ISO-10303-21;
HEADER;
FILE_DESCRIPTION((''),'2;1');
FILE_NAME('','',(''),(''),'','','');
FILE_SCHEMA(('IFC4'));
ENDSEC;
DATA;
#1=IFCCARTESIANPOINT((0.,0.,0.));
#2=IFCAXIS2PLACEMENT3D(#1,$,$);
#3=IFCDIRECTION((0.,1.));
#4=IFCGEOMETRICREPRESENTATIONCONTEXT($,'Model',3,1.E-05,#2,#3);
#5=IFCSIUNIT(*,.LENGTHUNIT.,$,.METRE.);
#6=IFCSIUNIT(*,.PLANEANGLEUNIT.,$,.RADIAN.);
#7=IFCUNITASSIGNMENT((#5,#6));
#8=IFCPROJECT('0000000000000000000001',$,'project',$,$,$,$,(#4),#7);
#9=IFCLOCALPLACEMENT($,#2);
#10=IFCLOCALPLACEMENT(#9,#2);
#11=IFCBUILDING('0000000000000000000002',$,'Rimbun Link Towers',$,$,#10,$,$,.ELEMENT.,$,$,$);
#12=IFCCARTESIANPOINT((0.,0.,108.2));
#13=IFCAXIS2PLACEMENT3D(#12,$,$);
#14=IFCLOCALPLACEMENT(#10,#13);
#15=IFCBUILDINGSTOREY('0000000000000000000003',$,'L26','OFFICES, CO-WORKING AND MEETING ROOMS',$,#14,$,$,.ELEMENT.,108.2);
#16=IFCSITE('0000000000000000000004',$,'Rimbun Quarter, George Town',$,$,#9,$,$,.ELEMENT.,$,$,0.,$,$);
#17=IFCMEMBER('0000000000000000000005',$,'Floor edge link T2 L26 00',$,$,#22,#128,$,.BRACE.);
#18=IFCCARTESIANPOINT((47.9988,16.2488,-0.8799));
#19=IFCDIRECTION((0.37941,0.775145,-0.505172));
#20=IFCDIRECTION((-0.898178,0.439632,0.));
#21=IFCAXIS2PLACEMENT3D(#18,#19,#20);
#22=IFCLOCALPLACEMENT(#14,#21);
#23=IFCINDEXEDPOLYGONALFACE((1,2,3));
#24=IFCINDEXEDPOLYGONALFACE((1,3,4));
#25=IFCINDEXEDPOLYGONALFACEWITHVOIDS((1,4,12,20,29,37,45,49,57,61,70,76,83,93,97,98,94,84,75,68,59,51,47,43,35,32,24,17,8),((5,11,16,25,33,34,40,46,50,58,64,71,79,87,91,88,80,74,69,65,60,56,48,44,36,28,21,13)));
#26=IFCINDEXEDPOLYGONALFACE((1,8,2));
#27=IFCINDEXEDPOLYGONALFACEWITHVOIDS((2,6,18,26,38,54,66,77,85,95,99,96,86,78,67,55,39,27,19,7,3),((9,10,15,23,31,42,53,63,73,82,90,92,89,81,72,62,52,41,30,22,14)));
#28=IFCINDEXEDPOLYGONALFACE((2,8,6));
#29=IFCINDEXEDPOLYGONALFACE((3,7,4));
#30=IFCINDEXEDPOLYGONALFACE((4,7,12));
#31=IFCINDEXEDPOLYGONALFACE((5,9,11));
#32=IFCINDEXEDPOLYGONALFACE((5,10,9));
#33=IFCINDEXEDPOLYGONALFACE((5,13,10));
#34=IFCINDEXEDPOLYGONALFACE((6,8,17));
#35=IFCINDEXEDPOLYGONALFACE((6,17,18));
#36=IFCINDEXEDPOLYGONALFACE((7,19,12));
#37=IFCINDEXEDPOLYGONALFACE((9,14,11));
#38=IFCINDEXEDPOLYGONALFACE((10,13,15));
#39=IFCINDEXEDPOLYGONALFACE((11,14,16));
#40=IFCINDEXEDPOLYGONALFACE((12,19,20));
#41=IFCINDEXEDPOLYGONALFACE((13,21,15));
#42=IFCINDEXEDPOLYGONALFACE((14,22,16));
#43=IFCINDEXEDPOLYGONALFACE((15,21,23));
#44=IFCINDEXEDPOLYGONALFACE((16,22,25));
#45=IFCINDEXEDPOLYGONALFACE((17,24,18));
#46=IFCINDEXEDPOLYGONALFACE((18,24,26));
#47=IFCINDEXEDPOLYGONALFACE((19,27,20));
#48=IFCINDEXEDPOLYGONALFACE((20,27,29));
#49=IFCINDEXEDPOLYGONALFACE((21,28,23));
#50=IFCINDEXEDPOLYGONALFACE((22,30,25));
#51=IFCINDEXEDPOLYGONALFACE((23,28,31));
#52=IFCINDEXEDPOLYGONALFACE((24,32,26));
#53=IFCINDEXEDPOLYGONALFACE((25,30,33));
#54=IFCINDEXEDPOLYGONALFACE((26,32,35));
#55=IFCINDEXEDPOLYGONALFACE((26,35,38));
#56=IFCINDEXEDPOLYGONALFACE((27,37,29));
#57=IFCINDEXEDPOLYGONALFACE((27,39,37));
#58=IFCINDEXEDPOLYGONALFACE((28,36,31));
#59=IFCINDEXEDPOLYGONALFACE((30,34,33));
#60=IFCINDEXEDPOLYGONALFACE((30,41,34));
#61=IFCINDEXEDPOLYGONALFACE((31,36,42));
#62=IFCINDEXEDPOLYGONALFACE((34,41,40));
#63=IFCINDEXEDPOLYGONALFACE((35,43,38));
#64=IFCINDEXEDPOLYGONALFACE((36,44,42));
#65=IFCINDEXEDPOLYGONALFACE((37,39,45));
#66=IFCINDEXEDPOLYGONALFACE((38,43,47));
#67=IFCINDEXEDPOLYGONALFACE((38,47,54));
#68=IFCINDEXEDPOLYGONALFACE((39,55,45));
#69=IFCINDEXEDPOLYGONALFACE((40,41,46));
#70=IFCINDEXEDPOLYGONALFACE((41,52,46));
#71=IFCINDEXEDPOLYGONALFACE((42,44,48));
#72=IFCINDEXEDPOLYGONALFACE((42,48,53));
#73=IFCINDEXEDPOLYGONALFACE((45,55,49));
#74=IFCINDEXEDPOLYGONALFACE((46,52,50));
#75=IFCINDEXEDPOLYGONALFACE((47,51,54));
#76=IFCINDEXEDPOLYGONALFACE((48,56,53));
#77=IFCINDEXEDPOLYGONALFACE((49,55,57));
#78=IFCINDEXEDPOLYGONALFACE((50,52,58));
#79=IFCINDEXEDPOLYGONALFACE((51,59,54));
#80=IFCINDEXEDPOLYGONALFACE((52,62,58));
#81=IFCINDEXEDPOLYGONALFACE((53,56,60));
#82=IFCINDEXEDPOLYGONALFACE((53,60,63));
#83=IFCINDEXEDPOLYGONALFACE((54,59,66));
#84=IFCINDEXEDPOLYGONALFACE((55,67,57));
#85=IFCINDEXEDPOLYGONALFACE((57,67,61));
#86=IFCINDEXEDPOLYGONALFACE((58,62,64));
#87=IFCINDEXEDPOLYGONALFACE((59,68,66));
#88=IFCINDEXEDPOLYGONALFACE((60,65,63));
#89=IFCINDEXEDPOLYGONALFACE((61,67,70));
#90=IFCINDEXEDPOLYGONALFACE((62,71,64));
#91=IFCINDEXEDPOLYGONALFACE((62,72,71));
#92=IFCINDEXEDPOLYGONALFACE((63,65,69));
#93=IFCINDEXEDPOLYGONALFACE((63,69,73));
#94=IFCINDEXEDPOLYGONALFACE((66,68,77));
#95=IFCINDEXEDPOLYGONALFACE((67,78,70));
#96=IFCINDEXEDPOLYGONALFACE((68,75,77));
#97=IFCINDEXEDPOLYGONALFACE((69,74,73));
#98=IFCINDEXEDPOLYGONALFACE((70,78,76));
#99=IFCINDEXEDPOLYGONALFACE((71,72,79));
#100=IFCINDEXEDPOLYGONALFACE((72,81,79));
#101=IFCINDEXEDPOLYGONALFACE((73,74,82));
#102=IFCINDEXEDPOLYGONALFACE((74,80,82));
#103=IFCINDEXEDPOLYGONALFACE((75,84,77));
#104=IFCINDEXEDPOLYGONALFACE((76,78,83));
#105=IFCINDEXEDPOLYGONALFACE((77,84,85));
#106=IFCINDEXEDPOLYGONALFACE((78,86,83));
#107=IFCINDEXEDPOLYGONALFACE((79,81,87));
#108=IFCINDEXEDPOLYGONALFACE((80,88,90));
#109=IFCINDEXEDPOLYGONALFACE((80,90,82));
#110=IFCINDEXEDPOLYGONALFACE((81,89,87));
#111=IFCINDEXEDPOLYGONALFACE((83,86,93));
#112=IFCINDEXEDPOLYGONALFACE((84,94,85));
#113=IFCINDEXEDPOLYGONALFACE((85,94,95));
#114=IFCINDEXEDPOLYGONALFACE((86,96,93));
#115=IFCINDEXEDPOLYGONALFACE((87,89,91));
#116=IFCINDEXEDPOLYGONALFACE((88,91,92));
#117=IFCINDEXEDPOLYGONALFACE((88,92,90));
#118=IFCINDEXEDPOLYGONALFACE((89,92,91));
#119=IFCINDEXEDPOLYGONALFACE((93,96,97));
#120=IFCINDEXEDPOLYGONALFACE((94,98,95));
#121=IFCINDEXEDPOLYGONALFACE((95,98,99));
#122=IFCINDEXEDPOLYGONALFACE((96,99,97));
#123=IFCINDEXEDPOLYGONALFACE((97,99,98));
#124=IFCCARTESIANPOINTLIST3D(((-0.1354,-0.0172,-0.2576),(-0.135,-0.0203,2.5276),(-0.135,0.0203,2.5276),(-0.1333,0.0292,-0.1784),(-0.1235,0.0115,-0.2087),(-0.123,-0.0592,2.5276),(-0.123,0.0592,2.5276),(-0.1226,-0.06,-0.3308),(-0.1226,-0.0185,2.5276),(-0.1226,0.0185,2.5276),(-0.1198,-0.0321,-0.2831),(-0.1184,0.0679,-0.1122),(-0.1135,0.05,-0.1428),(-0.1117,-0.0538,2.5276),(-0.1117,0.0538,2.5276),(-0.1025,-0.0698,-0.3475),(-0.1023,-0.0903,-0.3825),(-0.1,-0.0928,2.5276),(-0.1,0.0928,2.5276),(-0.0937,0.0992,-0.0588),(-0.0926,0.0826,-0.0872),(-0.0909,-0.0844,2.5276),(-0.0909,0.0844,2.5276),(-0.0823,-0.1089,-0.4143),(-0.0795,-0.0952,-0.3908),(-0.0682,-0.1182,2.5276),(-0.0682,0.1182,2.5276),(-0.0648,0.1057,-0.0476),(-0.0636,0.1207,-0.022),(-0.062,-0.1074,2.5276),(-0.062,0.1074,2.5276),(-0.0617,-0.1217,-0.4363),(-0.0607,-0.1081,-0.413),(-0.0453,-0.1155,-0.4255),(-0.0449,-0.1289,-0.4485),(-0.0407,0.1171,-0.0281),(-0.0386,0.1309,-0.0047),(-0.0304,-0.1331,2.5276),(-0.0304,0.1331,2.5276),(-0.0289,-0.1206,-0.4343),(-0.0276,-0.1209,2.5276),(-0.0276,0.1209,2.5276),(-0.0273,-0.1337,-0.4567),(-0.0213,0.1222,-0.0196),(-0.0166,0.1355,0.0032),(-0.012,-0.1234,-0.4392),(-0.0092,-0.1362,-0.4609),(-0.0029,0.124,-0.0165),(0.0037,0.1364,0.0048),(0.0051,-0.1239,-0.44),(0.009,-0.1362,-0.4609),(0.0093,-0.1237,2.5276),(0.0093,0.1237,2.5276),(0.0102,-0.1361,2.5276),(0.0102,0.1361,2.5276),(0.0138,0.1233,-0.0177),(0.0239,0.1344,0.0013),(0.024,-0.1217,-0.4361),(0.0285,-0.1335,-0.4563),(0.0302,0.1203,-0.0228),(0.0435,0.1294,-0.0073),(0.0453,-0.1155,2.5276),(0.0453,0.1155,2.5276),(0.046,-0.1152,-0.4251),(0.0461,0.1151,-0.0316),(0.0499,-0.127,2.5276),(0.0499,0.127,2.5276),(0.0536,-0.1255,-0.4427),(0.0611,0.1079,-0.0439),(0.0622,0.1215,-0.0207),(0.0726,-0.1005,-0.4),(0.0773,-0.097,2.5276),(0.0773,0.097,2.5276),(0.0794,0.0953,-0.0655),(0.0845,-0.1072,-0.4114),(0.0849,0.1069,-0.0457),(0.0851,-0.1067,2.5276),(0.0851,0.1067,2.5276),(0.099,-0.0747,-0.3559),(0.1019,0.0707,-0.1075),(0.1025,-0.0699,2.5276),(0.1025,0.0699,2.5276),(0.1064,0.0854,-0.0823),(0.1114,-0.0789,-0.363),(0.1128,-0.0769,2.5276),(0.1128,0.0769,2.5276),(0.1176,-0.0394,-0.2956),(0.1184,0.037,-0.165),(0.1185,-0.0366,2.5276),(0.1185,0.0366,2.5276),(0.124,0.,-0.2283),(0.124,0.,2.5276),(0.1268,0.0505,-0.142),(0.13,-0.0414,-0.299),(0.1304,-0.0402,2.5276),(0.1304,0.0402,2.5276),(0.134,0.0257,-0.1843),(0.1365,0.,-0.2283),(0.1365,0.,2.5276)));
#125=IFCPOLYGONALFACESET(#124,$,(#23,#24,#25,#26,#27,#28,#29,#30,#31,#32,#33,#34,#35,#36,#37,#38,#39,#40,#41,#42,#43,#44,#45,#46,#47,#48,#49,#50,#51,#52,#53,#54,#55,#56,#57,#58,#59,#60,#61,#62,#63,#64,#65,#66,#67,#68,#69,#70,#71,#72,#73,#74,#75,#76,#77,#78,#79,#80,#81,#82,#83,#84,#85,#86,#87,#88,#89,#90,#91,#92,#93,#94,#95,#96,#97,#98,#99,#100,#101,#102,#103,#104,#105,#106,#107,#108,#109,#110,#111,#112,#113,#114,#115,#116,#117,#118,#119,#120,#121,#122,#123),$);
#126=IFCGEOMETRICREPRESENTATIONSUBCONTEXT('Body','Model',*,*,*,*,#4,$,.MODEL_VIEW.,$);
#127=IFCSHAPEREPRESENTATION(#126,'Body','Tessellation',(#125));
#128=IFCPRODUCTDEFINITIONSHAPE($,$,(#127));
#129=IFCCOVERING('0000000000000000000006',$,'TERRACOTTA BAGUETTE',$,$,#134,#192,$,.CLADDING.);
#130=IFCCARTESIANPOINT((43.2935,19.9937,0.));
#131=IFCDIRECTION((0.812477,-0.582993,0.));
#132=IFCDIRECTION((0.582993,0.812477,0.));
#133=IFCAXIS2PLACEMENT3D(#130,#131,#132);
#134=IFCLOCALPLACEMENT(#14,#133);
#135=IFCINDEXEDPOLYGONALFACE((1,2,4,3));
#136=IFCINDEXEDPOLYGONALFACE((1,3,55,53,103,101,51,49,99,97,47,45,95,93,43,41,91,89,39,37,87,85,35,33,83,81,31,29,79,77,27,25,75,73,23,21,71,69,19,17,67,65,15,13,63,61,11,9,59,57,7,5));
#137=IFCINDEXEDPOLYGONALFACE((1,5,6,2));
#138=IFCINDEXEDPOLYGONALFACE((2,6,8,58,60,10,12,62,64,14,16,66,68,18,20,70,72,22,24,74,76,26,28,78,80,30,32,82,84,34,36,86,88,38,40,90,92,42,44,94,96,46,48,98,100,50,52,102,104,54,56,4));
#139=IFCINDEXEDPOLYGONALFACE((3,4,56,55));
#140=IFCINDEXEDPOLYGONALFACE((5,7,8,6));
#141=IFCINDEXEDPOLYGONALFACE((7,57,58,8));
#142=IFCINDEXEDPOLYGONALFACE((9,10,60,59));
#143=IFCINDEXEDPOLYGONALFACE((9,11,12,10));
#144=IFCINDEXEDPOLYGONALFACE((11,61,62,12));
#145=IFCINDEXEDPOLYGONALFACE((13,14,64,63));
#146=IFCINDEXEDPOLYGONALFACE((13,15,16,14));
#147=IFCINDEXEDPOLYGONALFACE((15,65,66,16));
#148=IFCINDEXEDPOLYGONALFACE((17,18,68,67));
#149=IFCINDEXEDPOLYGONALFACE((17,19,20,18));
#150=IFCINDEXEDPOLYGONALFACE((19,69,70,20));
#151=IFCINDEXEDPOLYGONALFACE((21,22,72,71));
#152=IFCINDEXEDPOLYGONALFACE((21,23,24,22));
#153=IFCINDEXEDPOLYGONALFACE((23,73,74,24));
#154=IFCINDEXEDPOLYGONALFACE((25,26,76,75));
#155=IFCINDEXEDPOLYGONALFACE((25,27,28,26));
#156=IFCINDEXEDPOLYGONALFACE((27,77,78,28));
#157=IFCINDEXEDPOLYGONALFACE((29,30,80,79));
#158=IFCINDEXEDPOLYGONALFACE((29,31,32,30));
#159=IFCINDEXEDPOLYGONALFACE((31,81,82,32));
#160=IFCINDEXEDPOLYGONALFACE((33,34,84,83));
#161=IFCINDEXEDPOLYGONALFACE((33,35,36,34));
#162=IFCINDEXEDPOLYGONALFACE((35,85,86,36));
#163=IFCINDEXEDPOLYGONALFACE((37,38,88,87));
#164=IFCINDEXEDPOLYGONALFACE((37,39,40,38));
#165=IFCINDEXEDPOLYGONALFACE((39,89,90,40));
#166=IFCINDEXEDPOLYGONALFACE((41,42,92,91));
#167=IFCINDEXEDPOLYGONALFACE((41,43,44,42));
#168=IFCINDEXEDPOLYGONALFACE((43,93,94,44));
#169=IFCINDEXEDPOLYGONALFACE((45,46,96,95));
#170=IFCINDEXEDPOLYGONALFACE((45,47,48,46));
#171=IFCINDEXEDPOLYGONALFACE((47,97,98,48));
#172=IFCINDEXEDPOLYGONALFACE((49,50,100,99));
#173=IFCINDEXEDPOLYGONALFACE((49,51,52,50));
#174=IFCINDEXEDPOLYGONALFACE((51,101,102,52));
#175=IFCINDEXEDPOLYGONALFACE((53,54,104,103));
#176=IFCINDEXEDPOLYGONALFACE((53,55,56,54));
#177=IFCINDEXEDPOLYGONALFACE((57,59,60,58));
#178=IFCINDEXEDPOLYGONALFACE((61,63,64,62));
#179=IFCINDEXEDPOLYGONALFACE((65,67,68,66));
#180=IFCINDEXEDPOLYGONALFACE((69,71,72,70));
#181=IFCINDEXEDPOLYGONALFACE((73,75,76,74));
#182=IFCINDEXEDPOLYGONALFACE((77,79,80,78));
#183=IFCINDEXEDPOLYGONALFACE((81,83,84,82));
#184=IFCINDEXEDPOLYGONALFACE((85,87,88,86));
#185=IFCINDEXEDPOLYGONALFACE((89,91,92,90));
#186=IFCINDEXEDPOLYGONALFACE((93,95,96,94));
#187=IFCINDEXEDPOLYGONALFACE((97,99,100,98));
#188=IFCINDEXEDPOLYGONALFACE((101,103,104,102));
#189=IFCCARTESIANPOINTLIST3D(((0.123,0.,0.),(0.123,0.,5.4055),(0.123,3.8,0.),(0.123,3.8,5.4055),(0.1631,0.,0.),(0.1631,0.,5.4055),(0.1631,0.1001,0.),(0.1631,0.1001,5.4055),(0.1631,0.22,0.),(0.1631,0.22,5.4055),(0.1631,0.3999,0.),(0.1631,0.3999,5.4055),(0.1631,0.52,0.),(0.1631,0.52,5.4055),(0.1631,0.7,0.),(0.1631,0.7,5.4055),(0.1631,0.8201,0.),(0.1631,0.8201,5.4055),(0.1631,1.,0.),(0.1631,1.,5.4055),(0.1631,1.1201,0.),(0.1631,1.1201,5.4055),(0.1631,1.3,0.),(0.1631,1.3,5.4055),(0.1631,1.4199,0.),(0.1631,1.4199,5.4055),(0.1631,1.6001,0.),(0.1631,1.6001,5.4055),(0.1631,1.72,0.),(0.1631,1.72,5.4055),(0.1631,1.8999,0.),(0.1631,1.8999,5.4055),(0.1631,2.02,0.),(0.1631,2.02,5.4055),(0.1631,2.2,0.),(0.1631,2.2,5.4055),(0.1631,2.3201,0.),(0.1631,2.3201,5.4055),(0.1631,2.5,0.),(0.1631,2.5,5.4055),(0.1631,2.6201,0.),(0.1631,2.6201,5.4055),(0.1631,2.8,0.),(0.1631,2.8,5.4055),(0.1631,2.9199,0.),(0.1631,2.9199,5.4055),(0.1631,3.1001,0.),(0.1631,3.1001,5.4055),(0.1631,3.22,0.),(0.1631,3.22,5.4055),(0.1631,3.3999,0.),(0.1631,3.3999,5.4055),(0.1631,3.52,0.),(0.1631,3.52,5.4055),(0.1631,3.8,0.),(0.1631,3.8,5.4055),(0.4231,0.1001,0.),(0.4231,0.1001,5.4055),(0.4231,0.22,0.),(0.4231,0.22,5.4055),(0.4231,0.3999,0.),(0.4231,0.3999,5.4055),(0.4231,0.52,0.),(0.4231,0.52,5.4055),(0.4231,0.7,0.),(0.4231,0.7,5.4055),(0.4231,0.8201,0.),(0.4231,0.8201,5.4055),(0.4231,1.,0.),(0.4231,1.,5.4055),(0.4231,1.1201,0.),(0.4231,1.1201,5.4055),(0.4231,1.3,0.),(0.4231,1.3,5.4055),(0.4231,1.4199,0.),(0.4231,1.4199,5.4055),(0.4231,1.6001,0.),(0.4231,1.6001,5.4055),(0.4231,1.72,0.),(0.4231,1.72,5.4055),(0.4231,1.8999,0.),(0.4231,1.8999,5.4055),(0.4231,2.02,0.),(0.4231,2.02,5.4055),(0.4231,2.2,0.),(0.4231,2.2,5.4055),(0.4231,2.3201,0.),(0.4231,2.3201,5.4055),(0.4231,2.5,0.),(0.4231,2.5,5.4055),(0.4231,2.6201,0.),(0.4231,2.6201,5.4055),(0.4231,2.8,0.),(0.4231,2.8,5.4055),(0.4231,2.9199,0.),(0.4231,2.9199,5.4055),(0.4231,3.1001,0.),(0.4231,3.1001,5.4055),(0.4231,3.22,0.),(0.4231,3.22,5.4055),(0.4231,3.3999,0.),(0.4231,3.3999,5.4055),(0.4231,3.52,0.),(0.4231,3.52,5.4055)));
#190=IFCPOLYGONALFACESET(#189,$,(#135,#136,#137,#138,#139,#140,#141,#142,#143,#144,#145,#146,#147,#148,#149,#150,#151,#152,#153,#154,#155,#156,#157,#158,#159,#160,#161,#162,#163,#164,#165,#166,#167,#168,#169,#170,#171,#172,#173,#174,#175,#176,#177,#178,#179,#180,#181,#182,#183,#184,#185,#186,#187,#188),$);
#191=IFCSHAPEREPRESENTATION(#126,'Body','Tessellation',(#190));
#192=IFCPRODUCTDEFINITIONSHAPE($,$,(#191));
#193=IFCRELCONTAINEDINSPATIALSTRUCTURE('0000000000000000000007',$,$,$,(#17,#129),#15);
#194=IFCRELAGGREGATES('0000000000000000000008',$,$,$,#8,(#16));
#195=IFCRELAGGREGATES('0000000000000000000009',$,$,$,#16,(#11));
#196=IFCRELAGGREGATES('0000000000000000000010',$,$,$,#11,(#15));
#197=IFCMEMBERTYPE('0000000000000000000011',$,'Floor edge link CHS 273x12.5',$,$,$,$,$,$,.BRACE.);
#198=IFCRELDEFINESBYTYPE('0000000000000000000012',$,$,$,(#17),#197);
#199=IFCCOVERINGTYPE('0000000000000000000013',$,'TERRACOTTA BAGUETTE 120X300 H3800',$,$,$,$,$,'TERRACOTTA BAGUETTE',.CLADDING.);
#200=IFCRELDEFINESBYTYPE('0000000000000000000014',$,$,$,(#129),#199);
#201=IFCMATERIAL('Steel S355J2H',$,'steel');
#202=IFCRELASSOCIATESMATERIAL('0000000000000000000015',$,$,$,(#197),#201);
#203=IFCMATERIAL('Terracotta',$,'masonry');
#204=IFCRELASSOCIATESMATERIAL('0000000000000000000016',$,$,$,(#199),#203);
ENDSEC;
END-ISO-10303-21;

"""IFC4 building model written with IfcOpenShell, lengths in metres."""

from ifc_helpers import new_model, si_unit, direction, frame, origin, origin_2d, place, context, subcontext, project, spatial, polyline, hollow_circle, outline, extrude, clip, halfspace, material, material_profile, profile_set, type_object, element, save


model = new_model("IFC4")

# Units and contexts
model_context = context("Model", 3, precision=1e-05, world=origin(), true_north=direction((0.0, 1.0)))
body_context = subcontext(model_context, "Body", "Model", "MODEL_VIEW")
ifc_project = project(units=[si_unit("LENGTHUNIT", "METRE"), si_unit("PLANEANGLEUNIT", "RADIAN")], contexts=[model_context])

# Site, building, storey
site_placement = place(None, origin())
site = spatial("IfcSite", under=ifc_project, at=site_placement, Name="Rimbun Quarter, George Town", CompositionType="ELEMENT", RefElevation=0.0)
building_placement = place(site_placement, origin())
building = spatial("IfcBuilding", under=site, at=building_placement, Name="Rimbun Link Towers", CompositionType="ELEMENT")
storey_placement = place(building_placement, frame((0.0, 0.0, 108.2)))
storey = spatial("IfcBuildingStorey", under=building, at=storey_placement, Name="L26", Description="OFFICES, CO-WORKING AND MEETING ROOMS", CompositionType="ELEMENT", Elevation=108.2)

# Member
ifc_material_1 = material(Name="Steel S355J2H", Category="steel")
ifc_material_profile_1 = material_profile(ifc_material_1, hollow_circle(Radius=0.1365, WallThickness=0.0125, at=origin_2d()), Name="CHS 273x12.5")
ifc_profile_set_1 = profile_set([ifc_material_profile_1], Name="Steel S355J2H")
member_type_1 = type_object("IfcMemberType", Name="Floor edge link CHS 273x12.5", PredefinedType="BRACE", material=ifc_profile_set_1)
member_1_placement = place(storey_placement, frame((47.9988, 16.2488, -0.8799), z_axis=(0.37941, 0.775145, -0.505172), x_axis=(-0.898178, 0.439632, 0.0)))
element("IfcMember", 1, at=member_1_placement, inside=storey, type_object=member_type_1, Name="Floor edge link T2 L26 00", PredefinedType="BRACE", context=body_context, shape_type="Clipping", body=[
    clip(extrude(hollow_circle(Radius=0.1365, WallThickness=0.0125, at=origin_2d()), frame((0.0, 0.0, -0.4861)), (0.0, 0.0, 1.0), 3.0137), halfspace(frame((0.0, 0.0, -0.2283), z_axis=(0.0, 0.863019, -0.505172)), False)),
])

# Covering
ifc_material_2 = material(Name="Terracotta", Category="masonry")
ifc_material_profile_2 = material_profile(ifc_material_2, outline(polyline([(0.123, 0.0), (0.1631, 0.0), (0.1631, 0.1001), (0.4231, 0.1001), (0.4231, 0.22), (0.1631, 0.22), (0.1631, 0.3999), (0.4231, 0.3999), (0.4231, 0.52), (0.1631, 0.52), (0.1631, 0.7), (0.4231, 0.7), (0.4231, 0.8201), (0.1631, 0.8201), (0.1631, 1.0), (0.4231, 1.0), (0.4231, 1.1201), (0.1631, 1.1201), (0.1631, 1.3), (0.4231, 1.3), (0.4231, 1.4199), (0.1631, 1.4199), (0.1631, 1.6001), (0.4231, 1.6001), (0.4231, 1.72), (0.1631, 1.72), (0.1631, 1.8999), (0.4231, 1.8999), (0.4231, 2.02), (0.1631, 2.02), (0.1631, 2.2), (0.4231, 2.2), (0.4231, 2.3201), (0.1631, 2.3201), (0.1631, 2.5), (0.4231, 2.5), (0.4231, 2.6201), (0.1631, 2.6201), (0.1631, 2.8), (0.4231, 2.8), (0.4231, 2.9199), (0.1631, 2.9199), (0.1631, 3.1001), (0.4231, 3.1001), (0.4231, 3.22), (0.1631, 3.22), (0.1631, 3.3999), (0.4231, 3.3999), (0.4231, 3.52), (0.1631, 3.52), (0.1631, 3.8), (0.123, 3.8), (0.123, 0.0)])), Name="BAGUETTE 120X300")
ifc_profile_set_2 = profile_set([ifc_material_profile_2], Name="Terracotta")
covering_type = type_object("IfcCoveringType", Name="TERRACOTTA BAGUETTE 120X300 H3800", ElementType="TERRACOTTA BAGUETTE", PredefinedType="CLADDING", material=ifc_profile_set_2)
covering_1_placement = place(storey_placement, frame((43.2935, 19.9937, 0.0), z_axis=(0.812477, -0.582993, 0.0), x_axis=(0.582993, 0.812477, 0.0)))
element("IfcCovering", 2, at=covering_1_placement, inside=storey, type_object=covering_type, Name="TERRACOTTA BAGUETTE", PredefinedType="CLADDING", context=body_context, shape_type="SweptSolid", body=[
    extrude(outline(polyline([(0.123, 0.0), (0.1631, 0.0), (0.1631, 0.1001), (0.4231, 0.1001), (0.4231, 0.22), (0.1631, 0.22), (0.1631, 0.3999), (0.4231, 0.3999), (0.4231, 0.52), (0.1631, 0.52), (0.1631, 0.7), (0.4231, 0.7), (0.4231, 0.8201), (0.1631, 0.8201), (0.1631, 1.0), (0.4231, 1.0), (0.4231, 1.1201), (0.1631, 1.1201), (0.1631, 1.3), (0.4231, 1.3), (0.4231, 1.4199), (0.1631, 1.4199), (0.1631, 1.6001), (0.4231, 1.6001), (0.4231, 1.72), (0.1631, 1.72), (0.1631, 1.8999), (0.4231, 1.8999), (0.4231, 2.02), (0.1631, 2.02), (0.1631, 2.2), (0.4231, 2.2), (0.4231, 2.3201), (0.1631, 2.3201), (0.1631, 2.5), (0.4231, 2.5), (0.4231, 2.6201), (0.1631, 2.6201), (0.1631, 2.8), (0.4231, 2.8), (0.4231, 2.9199), (0.1631, 2.9199), (0.1631, 3.1001), (0.4231, 3.1001), (0.4231, 3.22), (0.1631, 3.22), (0.1631, 3.3999), (0.4231, 3.3999), (0.4231, 3.52), (0.1631, 3.52), (0.1631, 3.8), (0.123, 3.8), (0.123, 0.0)])), origin(), (0.0, 0.0, 1.0), 5.4055),
])

save(model, "model.ifc")
